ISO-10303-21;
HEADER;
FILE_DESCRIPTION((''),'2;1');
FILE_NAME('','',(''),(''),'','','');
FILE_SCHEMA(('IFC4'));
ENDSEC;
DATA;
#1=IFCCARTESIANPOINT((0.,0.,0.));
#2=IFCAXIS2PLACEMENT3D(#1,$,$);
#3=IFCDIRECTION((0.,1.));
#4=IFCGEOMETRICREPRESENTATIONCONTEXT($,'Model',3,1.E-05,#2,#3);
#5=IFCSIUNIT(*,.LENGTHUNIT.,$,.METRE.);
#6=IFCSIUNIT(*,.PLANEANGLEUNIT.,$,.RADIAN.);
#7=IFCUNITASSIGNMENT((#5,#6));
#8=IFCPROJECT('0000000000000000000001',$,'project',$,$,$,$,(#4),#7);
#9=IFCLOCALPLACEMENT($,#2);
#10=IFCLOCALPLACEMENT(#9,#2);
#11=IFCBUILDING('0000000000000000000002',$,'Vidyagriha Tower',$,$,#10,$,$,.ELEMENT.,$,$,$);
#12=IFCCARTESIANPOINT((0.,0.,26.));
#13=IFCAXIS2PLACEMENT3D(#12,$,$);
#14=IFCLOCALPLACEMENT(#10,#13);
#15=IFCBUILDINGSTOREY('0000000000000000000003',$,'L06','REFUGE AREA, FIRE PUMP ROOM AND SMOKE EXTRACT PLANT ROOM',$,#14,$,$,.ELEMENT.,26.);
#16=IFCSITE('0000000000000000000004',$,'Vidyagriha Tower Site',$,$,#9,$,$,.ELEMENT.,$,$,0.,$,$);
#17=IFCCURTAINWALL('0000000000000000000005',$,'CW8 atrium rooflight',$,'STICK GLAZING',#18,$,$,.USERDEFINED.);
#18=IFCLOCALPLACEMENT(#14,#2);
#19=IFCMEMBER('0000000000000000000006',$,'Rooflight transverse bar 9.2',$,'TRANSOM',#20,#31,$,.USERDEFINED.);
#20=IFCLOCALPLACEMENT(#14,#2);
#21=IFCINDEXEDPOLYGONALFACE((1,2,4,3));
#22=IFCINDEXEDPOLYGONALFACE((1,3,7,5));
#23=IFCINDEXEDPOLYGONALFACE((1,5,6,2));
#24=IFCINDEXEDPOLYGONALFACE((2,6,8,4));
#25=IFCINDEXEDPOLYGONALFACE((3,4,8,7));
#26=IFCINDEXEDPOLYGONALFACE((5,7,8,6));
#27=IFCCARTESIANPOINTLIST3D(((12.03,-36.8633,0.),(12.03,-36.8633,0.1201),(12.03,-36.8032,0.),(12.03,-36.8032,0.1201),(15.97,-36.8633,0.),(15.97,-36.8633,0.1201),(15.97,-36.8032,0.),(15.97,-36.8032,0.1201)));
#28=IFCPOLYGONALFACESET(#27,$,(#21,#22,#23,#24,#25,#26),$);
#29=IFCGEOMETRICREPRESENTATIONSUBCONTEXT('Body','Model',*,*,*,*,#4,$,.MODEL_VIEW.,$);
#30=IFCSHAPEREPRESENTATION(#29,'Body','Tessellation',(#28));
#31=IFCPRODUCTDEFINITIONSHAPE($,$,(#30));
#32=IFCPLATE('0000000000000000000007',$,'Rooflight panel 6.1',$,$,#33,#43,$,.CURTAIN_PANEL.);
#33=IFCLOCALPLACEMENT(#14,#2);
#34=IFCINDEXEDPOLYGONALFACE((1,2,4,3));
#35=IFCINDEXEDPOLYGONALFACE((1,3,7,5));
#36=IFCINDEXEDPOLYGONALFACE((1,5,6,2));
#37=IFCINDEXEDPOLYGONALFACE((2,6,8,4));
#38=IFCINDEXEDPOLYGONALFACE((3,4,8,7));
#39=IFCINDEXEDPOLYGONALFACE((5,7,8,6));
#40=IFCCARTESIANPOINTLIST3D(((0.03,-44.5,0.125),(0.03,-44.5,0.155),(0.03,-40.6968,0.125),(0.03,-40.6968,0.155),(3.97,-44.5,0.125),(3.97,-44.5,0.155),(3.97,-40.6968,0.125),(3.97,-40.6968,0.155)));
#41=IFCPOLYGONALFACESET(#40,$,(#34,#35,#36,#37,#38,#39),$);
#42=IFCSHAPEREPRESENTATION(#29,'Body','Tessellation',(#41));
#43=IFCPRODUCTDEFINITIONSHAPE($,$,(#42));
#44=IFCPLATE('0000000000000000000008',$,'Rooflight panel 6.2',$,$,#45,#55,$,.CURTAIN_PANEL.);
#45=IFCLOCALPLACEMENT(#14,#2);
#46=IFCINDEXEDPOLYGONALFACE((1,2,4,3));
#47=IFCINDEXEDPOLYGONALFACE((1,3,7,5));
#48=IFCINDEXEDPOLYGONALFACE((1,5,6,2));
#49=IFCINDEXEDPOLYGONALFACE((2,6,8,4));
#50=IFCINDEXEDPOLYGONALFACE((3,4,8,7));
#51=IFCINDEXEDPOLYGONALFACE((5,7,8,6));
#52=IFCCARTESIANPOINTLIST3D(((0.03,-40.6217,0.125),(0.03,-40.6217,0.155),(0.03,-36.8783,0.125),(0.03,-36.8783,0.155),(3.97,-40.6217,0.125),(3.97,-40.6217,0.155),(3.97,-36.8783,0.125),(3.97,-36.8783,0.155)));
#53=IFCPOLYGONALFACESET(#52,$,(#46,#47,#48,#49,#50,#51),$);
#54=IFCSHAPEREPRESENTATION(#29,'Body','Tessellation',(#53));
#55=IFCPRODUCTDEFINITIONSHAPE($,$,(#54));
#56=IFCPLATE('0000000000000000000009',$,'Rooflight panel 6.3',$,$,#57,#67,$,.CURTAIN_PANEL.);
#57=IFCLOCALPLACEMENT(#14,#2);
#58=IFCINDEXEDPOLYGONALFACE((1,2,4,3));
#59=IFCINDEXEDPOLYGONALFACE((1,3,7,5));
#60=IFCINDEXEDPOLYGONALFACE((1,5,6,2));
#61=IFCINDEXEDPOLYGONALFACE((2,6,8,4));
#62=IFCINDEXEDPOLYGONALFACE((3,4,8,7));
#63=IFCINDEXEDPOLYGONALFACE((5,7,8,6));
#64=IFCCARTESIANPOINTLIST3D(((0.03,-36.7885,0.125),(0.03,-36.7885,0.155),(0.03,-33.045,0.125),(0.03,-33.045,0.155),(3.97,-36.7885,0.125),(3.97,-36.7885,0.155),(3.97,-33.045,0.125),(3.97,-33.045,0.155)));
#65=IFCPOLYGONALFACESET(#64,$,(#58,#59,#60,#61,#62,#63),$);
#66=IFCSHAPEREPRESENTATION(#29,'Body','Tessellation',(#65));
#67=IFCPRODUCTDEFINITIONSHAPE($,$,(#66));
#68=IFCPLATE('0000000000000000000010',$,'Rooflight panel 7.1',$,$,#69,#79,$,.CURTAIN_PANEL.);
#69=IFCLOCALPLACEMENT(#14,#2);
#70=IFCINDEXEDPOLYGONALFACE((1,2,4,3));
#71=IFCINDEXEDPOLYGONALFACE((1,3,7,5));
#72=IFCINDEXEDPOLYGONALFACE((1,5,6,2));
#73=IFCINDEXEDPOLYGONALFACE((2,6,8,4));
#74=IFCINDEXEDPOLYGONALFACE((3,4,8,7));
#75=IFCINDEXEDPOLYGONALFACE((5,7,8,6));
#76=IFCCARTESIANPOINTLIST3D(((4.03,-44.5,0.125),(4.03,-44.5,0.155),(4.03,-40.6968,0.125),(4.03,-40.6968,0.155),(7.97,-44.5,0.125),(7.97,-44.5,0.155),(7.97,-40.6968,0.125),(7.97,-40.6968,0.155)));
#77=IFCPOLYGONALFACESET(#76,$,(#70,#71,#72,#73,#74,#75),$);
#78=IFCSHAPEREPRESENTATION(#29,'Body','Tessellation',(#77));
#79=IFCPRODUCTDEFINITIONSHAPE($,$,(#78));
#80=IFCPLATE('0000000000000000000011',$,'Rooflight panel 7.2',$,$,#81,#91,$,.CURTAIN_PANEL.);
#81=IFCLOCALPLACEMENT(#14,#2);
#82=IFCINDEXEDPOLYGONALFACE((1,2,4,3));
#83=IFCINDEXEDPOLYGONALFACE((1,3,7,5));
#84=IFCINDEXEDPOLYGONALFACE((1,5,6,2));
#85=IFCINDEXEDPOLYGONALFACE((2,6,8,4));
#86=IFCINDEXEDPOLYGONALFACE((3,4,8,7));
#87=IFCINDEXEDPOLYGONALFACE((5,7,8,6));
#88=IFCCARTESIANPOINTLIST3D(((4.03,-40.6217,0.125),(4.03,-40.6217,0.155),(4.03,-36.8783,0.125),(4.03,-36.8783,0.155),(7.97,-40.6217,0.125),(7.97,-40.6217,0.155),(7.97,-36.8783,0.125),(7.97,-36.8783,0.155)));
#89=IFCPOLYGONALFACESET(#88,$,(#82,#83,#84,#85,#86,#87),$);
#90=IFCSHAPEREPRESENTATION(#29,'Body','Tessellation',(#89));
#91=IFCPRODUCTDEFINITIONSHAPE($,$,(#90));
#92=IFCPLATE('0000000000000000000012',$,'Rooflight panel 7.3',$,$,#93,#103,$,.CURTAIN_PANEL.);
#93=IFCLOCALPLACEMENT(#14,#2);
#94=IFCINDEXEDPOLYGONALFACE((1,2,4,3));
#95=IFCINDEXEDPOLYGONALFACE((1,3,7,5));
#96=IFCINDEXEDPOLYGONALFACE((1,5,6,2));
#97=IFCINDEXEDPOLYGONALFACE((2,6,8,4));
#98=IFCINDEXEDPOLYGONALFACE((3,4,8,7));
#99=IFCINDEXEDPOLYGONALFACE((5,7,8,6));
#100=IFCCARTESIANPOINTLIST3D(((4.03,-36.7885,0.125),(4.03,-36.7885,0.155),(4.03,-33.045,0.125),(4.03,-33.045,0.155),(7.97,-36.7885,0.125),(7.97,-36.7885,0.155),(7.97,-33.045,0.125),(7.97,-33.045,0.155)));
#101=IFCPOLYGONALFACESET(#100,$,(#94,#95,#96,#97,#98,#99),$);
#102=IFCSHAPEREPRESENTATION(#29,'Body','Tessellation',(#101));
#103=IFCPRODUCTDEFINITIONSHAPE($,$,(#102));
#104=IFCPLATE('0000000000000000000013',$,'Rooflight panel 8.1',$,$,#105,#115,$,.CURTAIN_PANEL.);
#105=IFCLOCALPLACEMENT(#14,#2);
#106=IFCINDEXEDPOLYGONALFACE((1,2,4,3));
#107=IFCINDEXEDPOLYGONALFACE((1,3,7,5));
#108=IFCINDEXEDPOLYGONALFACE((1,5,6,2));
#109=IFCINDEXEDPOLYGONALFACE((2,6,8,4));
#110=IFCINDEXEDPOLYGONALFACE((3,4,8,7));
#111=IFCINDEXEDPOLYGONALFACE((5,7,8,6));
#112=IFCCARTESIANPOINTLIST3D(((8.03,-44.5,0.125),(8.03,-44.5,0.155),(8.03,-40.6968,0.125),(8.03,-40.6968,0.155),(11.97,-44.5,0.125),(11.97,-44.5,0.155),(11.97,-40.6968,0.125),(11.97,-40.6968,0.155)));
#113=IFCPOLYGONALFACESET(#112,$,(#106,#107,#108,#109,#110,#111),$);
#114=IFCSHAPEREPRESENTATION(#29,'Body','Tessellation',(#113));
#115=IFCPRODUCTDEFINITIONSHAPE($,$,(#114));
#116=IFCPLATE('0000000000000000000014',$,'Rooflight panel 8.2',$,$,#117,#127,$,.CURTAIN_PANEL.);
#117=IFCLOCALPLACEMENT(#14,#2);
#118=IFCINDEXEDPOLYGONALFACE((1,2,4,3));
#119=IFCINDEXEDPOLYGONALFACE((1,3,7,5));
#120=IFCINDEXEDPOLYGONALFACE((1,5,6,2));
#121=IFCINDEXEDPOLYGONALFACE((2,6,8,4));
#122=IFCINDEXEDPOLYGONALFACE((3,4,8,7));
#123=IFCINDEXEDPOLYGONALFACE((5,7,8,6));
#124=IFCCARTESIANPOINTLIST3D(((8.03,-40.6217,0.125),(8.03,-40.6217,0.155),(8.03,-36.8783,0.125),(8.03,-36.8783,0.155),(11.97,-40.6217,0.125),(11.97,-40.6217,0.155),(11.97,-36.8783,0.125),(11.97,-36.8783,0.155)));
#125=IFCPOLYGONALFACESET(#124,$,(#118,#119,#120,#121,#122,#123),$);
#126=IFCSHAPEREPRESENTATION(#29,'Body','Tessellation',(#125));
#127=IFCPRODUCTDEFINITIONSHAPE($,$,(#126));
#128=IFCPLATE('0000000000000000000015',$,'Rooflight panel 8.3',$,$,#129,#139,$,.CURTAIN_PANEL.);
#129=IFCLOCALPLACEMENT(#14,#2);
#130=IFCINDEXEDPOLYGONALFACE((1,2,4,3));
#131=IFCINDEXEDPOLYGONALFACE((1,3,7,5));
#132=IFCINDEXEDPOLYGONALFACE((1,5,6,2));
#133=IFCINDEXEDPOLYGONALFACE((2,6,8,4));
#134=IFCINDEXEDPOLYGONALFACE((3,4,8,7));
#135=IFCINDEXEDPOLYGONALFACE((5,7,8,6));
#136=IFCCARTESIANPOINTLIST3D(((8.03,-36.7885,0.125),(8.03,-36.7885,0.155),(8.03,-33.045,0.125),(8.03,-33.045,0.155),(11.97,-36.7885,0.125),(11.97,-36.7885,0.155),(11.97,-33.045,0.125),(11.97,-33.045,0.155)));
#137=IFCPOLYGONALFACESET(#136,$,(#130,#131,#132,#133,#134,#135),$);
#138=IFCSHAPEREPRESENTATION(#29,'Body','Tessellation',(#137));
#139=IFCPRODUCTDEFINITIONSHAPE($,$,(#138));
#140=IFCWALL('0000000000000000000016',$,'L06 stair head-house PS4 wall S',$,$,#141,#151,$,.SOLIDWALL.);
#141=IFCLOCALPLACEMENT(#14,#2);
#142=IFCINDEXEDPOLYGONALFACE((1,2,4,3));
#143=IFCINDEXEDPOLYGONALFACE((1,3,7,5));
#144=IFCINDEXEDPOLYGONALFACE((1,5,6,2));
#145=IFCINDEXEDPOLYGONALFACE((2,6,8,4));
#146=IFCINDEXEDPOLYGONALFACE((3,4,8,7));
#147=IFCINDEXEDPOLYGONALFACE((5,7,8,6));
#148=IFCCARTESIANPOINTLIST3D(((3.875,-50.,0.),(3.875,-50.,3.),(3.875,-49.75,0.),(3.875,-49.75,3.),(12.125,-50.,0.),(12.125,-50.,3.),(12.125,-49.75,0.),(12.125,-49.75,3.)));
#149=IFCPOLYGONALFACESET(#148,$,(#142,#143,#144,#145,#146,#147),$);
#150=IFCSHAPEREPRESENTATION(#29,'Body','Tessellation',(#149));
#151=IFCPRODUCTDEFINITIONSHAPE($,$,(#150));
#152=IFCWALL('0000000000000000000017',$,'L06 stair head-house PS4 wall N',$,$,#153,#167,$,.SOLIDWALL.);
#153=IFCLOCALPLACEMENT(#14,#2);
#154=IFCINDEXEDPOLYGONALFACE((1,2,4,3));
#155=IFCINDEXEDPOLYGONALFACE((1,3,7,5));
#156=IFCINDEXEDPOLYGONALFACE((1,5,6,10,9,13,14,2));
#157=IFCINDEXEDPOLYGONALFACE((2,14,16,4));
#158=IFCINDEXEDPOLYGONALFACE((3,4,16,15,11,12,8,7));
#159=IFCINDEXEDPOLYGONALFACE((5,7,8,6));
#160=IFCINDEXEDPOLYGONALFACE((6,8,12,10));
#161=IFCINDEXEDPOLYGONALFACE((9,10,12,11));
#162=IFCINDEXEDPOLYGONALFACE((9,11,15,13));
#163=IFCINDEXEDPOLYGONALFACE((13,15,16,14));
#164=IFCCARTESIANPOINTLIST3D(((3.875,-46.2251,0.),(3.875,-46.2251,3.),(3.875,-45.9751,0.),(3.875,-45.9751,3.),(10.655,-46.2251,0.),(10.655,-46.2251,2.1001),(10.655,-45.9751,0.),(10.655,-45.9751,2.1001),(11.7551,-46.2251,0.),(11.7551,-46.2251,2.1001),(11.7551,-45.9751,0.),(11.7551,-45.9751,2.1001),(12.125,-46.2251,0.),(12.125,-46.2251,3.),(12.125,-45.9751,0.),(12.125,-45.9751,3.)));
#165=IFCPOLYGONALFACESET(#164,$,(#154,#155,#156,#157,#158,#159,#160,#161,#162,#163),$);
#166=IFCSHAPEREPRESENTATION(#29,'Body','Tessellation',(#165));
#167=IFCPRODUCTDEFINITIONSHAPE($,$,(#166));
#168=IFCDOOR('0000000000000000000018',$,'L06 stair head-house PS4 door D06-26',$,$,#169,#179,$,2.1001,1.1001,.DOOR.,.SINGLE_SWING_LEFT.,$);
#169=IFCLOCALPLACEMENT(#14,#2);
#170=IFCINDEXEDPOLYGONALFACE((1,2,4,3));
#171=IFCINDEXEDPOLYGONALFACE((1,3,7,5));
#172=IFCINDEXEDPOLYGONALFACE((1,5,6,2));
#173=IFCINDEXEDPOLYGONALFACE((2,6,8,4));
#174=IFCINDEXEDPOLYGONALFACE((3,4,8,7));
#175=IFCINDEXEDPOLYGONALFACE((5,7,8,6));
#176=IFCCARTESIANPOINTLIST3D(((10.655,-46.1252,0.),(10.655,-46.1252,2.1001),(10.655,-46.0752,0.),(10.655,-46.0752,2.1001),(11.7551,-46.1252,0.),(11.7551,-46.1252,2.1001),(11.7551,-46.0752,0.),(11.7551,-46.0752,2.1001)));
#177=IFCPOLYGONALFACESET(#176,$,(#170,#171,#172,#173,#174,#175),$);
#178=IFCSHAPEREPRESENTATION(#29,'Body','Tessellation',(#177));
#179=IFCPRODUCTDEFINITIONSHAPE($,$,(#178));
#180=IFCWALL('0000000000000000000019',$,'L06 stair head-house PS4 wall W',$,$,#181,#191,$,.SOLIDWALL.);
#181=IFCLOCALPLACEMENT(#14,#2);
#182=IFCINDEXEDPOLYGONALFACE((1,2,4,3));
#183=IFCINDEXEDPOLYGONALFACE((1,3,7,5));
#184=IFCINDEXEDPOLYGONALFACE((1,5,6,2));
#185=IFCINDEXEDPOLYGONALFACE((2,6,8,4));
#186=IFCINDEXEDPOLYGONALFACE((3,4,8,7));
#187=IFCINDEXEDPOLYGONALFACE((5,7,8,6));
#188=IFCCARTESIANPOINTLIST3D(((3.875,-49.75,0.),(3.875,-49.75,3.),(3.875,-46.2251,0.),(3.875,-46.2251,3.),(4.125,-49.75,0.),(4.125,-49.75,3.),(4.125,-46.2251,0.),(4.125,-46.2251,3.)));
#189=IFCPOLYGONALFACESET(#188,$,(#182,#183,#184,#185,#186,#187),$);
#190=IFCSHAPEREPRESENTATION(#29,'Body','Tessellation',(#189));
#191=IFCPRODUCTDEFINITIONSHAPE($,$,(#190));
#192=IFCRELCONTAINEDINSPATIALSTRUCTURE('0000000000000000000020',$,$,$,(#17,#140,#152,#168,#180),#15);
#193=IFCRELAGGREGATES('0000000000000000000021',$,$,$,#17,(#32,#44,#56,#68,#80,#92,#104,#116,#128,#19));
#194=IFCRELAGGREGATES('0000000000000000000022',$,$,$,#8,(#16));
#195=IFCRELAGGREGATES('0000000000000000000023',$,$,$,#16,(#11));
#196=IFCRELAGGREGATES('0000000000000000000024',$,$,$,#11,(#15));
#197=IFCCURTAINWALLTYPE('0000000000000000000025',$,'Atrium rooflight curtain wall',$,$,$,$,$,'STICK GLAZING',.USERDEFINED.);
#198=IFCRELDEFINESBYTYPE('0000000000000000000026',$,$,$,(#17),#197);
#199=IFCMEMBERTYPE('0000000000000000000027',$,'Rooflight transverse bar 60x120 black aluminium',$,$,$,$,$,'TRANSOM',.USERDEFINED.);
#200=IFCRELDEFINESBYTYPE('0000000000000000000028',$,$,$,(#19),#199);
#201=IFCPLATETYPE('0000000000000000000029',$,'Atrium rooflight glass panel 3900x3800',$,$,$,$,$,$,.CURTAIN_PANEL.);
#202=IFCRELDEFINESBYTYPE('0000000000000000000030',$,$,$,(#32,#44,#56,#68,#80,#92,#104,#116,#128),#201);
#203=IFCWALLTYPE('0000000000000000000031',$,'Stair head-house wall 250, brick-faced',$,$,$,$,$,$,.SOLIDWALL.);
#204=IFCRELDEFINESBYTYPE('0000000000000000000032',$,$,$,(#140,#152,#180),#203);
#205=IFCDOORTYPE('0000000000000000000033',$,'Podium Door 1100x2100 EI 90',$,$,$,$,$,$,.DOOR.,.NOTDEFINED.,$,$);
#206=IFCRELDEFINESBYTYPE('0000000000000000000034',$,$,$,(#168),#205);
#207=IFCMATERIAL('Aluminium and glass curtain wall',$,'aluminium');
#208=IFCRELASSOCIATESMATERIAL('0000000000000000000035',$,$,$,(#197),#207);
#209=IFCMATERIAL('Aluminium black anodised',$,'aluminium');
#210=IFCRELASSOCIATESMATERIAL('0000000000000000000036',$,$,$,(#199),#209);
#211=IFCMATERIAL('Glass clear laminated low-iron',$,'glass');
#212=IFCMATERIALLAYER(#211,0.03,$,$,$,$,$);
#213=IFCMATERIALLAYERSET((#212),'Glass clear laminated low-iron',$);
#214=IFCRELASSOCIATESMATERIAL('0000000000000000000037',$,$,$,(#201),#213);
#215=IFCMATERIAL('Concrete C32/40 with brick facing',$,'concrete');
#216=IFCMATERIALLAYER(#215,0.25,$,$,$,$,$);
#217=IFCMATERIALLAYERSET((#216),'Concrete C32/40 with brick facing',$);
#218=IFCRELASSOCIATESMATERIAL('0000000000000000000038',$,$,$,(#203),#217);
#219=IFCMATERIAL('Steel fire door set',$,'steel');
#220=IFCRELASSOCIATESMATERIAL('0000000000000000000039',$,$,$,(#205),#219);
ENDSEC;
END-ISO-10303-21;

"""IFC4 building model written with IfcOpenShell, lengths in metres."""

from ifc_helpers import new_model, si_unit, direction, frame, frame_2d, origin, origin_2d, place, context, subcontext, project, spatial, rectangle, extrude, material, layer, layer_set, material_profile, profile_set, type_object, element, fill, aggregate, save


model = new_model("IFC4")

# Units and contexts
model_context = context("Model", 3, precision=1e-05, world=origin(), true_north=direction((0.0, 1.0)))
body_context = subcontext(model_context, "Body", "Model", "MODEL_VIEW")
ifc_project = project(units=[si_unit("LENGTHUNIT", "METRE"), si_unit("PLANEANGLEUNIT", "RADIAN")], contexts=[model_context])

# Site, building, storey
site_placement = place(None, origin())
site = spatial("IfcSite", under=ifc_project, at=site_placement, Name="Vidyagriha Tower Site", CompositionType="ELEMENT", RefElevation=0.0)
building_placement = place(site_placement, origin())
building = spatial("IfcBuilding", under=site, at=building_placement, Name="Vidyagriha Tower", CompositionType="ELEMENT")
storey_placement = place(building_placement, frame((0.0, 0.0, 26.0)))
storey = spatial("IfcBuildingStorey", under=building, at=storey_placement, Name="L06", Description="REFUGE AREA, FIRE PUMP ROOM AND SMOKE EXTRACT PLANT ROOM", CompositionType="ELEMENT", Elevation=26.0)

# Curtain wall, member, plates
ifc_material_1 = material(Name="Aluminium and glass curtain wall", Category="aluminium")
curtain_wall_type = type_object("IfcCurtainWallType", Name="Atrium rooflight curtain wall", ElementType="STICK GLAZING", PredefinedType="USERDEFINED", material=ifc_material_1)
curtain_wall_placement = place(storey_placement, origin())
curtain_wall = element("IfcCurtainWall", 1, at=curtain_wall_placement, inside=storey, type_object=curtain_wall_type, Name="CW8 atrium rooflight", ObjectType="STICK GLAZING", PredefinedType="USERDEFINED")
ifc_material_2 = material(Name="Aluminium black anodised", Category="aluminium")
ifc_material_profile_1 = material_profile(ifc_material_2, rectangle(XDim=0.0601, YDim=0.1201, at=origin_2d()), Name="Rooflight transverse bar 60x120 black aluminium")
ifc_profile_set_1 = profile_set([ifc_material_profile_1], Name="Aluminium black anodised")
member_type_1 = type_object("IfcMemberType", Name="Rooflight transverse bar 60x120 black aluminium", ElementType="TRANSOM", PredefinedType="USERDEFINED", material=ifc_profile_set_1)
member_1_placement = place(storey_placement, frame((12.03, -36.8333, 0.0601), z_axis=(1.0, 0.0, 0.0), x_axis=(0.0, 1.0, 0.0)))
member_1 = element("IfcMember", 2, at=member_1_placement, type_object=member_type_1, Name="Rooflight transverse bar 9.2", ObjectType="TRANSOM", PredefinedType="USERDEFINED", context=body_context, shape_type="SweptSolid", body=[
    extrude(rectangle(XDim=0.0601, YDim=0.1201, at=origin_2d()), origin(), (0.0, 0.0, 1.0), 3.9399),
])
ifc_material_3 = material(Name="Glass clear laminated low-iron", Category="glass")
ifc_layer_1 = layer(ifc_material_3, 0.03)
ifc_layer_set_1 = layer_set([ifc_layer_1], Name="Glass clear laminated low-iron")
plate_type = type_object("IfcPlateType", Name="Atrium rooflight glass panel 3900x3800", PredefinedType="CURTAIN_PANEL", material=ifc_layer_set_1)
plate_1_placement = place(storey_placement, frame((2.0, -42.5984, 0.125)))
plate_1 = element("IfcPlate", 3, at=plate_1_placement, type_object=plate_type, Name="Rooflight panel 6.1", PredefinedType="CURTAIN_PANEL", context=body_context, shape_type="SweptSolid", body=[
    extrude(rectangle(XDim=3.9399, YDim=3.8032, at=origin_2d()), origin(), (0.0, 0.0, 1.0), 0.03),
])
plate_2_placement = place(storey_placement, frame((2.0, -38.75, 0.125)))
plate_2 = element("IfcPlate", 4, at=plate_2_placement, type_object=plate_type, Name="Rooflight panel 6.2", PredefinedType="CURTAIN_PANEL", context=body_context, shape_type="SweptSolid", body=[
    extrude(rectangle(XDim=3.9399, YDim=3.7434, at=origin_2d()), origin(), (0.0, 0.0, 1.0), 0.03),
])
plate_3_placement = place(storey_placement, frame((2.0, -34.9167, 0.125)))
plate_3 = element("IfcPlate", 5, at=plate_3_placement, type_object=plate_type, Name="Rooflight panel 6.3", PredefinedType="CURTAIN_PANEL", context=body_context, shape_type="SweptSolid", body=[
    extrude(rectangle(XDim=3.9399, YDim=3.7434, at=origin_2d()), origin(), (0.0, 0.0, 1.0), 0.03),
])
plate_4_placement = place(storey_placement, frame((6.0, -42.5984, 0.125)))
plate_4 = element("IfcPlate", 6, at=plate_4_placement, type_object=plate_type, Name="Rooflight panel 7.1", PredefinedType="CURTAIN_PANEL", context=body_context, shape_type="SweptSolid", body=[
    extrude(rectangle(XDim=3.9399, YDim=3.8032, at=origin_2d()), origin(), (0.0, 0.0, 1.0), 0.03),
])
plate_5_placement = place(storey_placement, frame((6.0, -38.75, 0.125)))
plate_5 = element("IfcPlate", 7, at=plate_5_placement, type_object=plate_type, Name="Rooflight panel 7.2", PredefinedType="CURTAIN_PANEL", context=body_context, shape_type="SweptSolid", body=[
    extrude(rectangle(XDim=3.9399, YDim=3.7434, at=origin_2d()), origin(), (0.0, 0.0, 1.0), 0.03),
])
plate_6_placement = place(storey_placement, frame((6.0, -34.9167, 0.125)))
plate_6 = element("IfcPlate", 8, at=plate_6_placement, type_object=plate_type, Name="Rooflight panel 7.3", PredefinedType="CURTAIN_PANEL", context=body_context, shape_type="SweptSolid", body=[
    extrude(rectangle(XDim=3.9399, YDim=3.7434, at=origin_2d()), origin(), (0.0, 0.0, 1.0), 0.03),
])
plate_7_placement = place(storey_placement, frame((10.0, -42.5984, 0.125)))
plate_7 = element("IfcPlate", 9, at=plate_7_placement, type_object=plate_type, Name="Rooflight panel 8.1", PredefinedType="CURTAIN_PANEL", context=body_context, shape_type="SweptSolid", body=[
    extrude(rectangle(XDim=3.9399, YDim=3.8032, at=origin_2d()), origin(), (0.0, 0.0, 1.0), 0.03),
])
plate_8_placement = place(storey_placement, frame((10.0, -38.75, 0.125)))
plate_8 = element("IfcPlate", 10, at=plate_8_placement, type_object=plate_type, Name="Rooflight panel 8.2", PredefinedType="CURTAIN_PANEL", context=body_context, shape_type="SweptSolid", body=[
    extrude(rectangle(XDim=3.9399, YDim=3.7434, at=origin_2d()), origin(), (0.0, 0.0, 1.0), 0.03),
])
plate_9_placement = place(storey_placement, frame((10.0, -34.9167, 0.125)))
plate_9 = element("IfcPlate", 11, at=plate_9_placement, type_object=plate_type, Name="Rooflight panel 8.3", PredefinedType="CURTAIN_PANEL", context=body_context, shape_type="SweptSolid", body=[
    extrude(rectangle(XDim=3.9399, YDim=3.7434, at=origin_2d()), origin(), (0.0, 0.0, 1.0), 0.03),
])
aggregate(curtain_wall, [plate_1, plate_2, plate_3, plate_4, plate_5, plate_6, plate_7, plate_8, plate_9, member_1])

# Wall
ifc_material_4 = material(Name="Concrete C32/40 with brick facing", Category="concrete")
ifc_layer_2 = layer(ifc_material_4, 0.25)
ifc_layer_set_2 = layer_set([ifc_layer_2], Name="Concrete C32/40 with brick facing")
wall_type = type_object("IfcWallType", Name="Stair head-house wall 250, brick-faced", PredefinedType="SOLIDWALL", material=ifc_layer_set_2)
wall_1_placement = place(storey_placement, frame((3.875, -49.875, 0.0)))
element("IfcWall", 12, at=wall_1_placement, inside=storey, type_object=wall_type, Name="L06 stair head-house PS4 wall S", PredefinedType="SOLIDWALL", context=body_context, shape_type="SweptSolid", body=[
    extrude(rectangle(XDim=8.25, YDim=0.25, at=frame_2d((4.125, 0.0))), origin(), (0.0, 0.0, 1.0), 3.0),
])

# Wall, opening, door
wall_2_placement = place(storey_placement, frame((3.875, -46.1001, 0.0)))
wall_2 = element("IfcWall", 13, at=wall_2_placement, inside=storey, type_object=wall_type, Name="L06 stair head-house PS4 wall N", PredefinedType="SOLIDWALL", context=body_context, shape_type="SweptSolid", body=[
    extrude(rectangle(XDim=8.25, YDim=0.25, at=frame_2d((4.125, 0.0))), origin(), (0.0, 0.0, 1.0), 3.0),
])
opening_placement = place(wall_2_placement, frame((6.78, 0.0, 0.0)))
opening = element("IfcOpeningElement", 14, at=opening_placement, cuts=wall_2, PredefinedType="OPENING", context=body_context, shape_type="SweptSolid", body=[
    extrude(rectangle(XDim=1.1001, YDim=2.1001, at=frame_2d((0.55, 1.05))), frame((0.0, 0.135, 0.0), z_axis=(0.0, -1.0, 0.0), x_axis=(1.0, 0.0, 0.0)), (0.0, 0.0, 1.0), 0.27),
])
ifc_material_5 = material(Name="Steel fire door set", Category="steel")
door_type = type_object("IfcDoorType", Name="Podium Door 1100x2100 EI 90", OperationType="NOTDEFINED", PredefinedType="DOOR", material=ifc_material_5)
door_placement = place(opening_placement, origin())
door = element("IfcDoor", 15, at=door_placement, inside=storey, type_object=door_type, Name="L06 stair head-house PS4 door D06-26", OperationType="SINGLE_SWING_LEFT", OverallHeight=2.1001, OverallWidth=1.1001, PredefinedType="DOOR", context=body_context, shape_type="SweptSolid", body=[
    extrude(rectangle(XDim=1.1001, YDim=2.1001, at=frame_2d((0.55, 1.05))), frame((0.0, 0.0249, 0.0), z_axis=(0.0, -1.0, 0.0), x_axis=(1.0, 0.0, 0.0)), (0.0, 0.0, 1.0), 0.05),
])
fill(opening, door)

# Wall
for number, where, z_axis, x_axis, name in (
    (16, (4.0, -49.75, 0.0), (0.0, 0.0, 1.0), (0.0, 1.0, 0.0), "L06 stair head-house PS4 wall W"),
):
    element("IfcWall", number, at=place(storey_placement, frame(where, z_axis=z_axis, x_axis=x_axis)), inside=storey, type_object=wall_type, Name=name, PredefinedType="SOLIDWALL", context=body_context, shape_type="SweptSolid", body=[
        extrude(rectangle(XDim=3.5249, YDim=0.25, at=frame_2d((1.7625, 0.0))), origin(), (0.0, 0.0, 1.0), 3.0),
    ])

save(model, "model.ifc")
